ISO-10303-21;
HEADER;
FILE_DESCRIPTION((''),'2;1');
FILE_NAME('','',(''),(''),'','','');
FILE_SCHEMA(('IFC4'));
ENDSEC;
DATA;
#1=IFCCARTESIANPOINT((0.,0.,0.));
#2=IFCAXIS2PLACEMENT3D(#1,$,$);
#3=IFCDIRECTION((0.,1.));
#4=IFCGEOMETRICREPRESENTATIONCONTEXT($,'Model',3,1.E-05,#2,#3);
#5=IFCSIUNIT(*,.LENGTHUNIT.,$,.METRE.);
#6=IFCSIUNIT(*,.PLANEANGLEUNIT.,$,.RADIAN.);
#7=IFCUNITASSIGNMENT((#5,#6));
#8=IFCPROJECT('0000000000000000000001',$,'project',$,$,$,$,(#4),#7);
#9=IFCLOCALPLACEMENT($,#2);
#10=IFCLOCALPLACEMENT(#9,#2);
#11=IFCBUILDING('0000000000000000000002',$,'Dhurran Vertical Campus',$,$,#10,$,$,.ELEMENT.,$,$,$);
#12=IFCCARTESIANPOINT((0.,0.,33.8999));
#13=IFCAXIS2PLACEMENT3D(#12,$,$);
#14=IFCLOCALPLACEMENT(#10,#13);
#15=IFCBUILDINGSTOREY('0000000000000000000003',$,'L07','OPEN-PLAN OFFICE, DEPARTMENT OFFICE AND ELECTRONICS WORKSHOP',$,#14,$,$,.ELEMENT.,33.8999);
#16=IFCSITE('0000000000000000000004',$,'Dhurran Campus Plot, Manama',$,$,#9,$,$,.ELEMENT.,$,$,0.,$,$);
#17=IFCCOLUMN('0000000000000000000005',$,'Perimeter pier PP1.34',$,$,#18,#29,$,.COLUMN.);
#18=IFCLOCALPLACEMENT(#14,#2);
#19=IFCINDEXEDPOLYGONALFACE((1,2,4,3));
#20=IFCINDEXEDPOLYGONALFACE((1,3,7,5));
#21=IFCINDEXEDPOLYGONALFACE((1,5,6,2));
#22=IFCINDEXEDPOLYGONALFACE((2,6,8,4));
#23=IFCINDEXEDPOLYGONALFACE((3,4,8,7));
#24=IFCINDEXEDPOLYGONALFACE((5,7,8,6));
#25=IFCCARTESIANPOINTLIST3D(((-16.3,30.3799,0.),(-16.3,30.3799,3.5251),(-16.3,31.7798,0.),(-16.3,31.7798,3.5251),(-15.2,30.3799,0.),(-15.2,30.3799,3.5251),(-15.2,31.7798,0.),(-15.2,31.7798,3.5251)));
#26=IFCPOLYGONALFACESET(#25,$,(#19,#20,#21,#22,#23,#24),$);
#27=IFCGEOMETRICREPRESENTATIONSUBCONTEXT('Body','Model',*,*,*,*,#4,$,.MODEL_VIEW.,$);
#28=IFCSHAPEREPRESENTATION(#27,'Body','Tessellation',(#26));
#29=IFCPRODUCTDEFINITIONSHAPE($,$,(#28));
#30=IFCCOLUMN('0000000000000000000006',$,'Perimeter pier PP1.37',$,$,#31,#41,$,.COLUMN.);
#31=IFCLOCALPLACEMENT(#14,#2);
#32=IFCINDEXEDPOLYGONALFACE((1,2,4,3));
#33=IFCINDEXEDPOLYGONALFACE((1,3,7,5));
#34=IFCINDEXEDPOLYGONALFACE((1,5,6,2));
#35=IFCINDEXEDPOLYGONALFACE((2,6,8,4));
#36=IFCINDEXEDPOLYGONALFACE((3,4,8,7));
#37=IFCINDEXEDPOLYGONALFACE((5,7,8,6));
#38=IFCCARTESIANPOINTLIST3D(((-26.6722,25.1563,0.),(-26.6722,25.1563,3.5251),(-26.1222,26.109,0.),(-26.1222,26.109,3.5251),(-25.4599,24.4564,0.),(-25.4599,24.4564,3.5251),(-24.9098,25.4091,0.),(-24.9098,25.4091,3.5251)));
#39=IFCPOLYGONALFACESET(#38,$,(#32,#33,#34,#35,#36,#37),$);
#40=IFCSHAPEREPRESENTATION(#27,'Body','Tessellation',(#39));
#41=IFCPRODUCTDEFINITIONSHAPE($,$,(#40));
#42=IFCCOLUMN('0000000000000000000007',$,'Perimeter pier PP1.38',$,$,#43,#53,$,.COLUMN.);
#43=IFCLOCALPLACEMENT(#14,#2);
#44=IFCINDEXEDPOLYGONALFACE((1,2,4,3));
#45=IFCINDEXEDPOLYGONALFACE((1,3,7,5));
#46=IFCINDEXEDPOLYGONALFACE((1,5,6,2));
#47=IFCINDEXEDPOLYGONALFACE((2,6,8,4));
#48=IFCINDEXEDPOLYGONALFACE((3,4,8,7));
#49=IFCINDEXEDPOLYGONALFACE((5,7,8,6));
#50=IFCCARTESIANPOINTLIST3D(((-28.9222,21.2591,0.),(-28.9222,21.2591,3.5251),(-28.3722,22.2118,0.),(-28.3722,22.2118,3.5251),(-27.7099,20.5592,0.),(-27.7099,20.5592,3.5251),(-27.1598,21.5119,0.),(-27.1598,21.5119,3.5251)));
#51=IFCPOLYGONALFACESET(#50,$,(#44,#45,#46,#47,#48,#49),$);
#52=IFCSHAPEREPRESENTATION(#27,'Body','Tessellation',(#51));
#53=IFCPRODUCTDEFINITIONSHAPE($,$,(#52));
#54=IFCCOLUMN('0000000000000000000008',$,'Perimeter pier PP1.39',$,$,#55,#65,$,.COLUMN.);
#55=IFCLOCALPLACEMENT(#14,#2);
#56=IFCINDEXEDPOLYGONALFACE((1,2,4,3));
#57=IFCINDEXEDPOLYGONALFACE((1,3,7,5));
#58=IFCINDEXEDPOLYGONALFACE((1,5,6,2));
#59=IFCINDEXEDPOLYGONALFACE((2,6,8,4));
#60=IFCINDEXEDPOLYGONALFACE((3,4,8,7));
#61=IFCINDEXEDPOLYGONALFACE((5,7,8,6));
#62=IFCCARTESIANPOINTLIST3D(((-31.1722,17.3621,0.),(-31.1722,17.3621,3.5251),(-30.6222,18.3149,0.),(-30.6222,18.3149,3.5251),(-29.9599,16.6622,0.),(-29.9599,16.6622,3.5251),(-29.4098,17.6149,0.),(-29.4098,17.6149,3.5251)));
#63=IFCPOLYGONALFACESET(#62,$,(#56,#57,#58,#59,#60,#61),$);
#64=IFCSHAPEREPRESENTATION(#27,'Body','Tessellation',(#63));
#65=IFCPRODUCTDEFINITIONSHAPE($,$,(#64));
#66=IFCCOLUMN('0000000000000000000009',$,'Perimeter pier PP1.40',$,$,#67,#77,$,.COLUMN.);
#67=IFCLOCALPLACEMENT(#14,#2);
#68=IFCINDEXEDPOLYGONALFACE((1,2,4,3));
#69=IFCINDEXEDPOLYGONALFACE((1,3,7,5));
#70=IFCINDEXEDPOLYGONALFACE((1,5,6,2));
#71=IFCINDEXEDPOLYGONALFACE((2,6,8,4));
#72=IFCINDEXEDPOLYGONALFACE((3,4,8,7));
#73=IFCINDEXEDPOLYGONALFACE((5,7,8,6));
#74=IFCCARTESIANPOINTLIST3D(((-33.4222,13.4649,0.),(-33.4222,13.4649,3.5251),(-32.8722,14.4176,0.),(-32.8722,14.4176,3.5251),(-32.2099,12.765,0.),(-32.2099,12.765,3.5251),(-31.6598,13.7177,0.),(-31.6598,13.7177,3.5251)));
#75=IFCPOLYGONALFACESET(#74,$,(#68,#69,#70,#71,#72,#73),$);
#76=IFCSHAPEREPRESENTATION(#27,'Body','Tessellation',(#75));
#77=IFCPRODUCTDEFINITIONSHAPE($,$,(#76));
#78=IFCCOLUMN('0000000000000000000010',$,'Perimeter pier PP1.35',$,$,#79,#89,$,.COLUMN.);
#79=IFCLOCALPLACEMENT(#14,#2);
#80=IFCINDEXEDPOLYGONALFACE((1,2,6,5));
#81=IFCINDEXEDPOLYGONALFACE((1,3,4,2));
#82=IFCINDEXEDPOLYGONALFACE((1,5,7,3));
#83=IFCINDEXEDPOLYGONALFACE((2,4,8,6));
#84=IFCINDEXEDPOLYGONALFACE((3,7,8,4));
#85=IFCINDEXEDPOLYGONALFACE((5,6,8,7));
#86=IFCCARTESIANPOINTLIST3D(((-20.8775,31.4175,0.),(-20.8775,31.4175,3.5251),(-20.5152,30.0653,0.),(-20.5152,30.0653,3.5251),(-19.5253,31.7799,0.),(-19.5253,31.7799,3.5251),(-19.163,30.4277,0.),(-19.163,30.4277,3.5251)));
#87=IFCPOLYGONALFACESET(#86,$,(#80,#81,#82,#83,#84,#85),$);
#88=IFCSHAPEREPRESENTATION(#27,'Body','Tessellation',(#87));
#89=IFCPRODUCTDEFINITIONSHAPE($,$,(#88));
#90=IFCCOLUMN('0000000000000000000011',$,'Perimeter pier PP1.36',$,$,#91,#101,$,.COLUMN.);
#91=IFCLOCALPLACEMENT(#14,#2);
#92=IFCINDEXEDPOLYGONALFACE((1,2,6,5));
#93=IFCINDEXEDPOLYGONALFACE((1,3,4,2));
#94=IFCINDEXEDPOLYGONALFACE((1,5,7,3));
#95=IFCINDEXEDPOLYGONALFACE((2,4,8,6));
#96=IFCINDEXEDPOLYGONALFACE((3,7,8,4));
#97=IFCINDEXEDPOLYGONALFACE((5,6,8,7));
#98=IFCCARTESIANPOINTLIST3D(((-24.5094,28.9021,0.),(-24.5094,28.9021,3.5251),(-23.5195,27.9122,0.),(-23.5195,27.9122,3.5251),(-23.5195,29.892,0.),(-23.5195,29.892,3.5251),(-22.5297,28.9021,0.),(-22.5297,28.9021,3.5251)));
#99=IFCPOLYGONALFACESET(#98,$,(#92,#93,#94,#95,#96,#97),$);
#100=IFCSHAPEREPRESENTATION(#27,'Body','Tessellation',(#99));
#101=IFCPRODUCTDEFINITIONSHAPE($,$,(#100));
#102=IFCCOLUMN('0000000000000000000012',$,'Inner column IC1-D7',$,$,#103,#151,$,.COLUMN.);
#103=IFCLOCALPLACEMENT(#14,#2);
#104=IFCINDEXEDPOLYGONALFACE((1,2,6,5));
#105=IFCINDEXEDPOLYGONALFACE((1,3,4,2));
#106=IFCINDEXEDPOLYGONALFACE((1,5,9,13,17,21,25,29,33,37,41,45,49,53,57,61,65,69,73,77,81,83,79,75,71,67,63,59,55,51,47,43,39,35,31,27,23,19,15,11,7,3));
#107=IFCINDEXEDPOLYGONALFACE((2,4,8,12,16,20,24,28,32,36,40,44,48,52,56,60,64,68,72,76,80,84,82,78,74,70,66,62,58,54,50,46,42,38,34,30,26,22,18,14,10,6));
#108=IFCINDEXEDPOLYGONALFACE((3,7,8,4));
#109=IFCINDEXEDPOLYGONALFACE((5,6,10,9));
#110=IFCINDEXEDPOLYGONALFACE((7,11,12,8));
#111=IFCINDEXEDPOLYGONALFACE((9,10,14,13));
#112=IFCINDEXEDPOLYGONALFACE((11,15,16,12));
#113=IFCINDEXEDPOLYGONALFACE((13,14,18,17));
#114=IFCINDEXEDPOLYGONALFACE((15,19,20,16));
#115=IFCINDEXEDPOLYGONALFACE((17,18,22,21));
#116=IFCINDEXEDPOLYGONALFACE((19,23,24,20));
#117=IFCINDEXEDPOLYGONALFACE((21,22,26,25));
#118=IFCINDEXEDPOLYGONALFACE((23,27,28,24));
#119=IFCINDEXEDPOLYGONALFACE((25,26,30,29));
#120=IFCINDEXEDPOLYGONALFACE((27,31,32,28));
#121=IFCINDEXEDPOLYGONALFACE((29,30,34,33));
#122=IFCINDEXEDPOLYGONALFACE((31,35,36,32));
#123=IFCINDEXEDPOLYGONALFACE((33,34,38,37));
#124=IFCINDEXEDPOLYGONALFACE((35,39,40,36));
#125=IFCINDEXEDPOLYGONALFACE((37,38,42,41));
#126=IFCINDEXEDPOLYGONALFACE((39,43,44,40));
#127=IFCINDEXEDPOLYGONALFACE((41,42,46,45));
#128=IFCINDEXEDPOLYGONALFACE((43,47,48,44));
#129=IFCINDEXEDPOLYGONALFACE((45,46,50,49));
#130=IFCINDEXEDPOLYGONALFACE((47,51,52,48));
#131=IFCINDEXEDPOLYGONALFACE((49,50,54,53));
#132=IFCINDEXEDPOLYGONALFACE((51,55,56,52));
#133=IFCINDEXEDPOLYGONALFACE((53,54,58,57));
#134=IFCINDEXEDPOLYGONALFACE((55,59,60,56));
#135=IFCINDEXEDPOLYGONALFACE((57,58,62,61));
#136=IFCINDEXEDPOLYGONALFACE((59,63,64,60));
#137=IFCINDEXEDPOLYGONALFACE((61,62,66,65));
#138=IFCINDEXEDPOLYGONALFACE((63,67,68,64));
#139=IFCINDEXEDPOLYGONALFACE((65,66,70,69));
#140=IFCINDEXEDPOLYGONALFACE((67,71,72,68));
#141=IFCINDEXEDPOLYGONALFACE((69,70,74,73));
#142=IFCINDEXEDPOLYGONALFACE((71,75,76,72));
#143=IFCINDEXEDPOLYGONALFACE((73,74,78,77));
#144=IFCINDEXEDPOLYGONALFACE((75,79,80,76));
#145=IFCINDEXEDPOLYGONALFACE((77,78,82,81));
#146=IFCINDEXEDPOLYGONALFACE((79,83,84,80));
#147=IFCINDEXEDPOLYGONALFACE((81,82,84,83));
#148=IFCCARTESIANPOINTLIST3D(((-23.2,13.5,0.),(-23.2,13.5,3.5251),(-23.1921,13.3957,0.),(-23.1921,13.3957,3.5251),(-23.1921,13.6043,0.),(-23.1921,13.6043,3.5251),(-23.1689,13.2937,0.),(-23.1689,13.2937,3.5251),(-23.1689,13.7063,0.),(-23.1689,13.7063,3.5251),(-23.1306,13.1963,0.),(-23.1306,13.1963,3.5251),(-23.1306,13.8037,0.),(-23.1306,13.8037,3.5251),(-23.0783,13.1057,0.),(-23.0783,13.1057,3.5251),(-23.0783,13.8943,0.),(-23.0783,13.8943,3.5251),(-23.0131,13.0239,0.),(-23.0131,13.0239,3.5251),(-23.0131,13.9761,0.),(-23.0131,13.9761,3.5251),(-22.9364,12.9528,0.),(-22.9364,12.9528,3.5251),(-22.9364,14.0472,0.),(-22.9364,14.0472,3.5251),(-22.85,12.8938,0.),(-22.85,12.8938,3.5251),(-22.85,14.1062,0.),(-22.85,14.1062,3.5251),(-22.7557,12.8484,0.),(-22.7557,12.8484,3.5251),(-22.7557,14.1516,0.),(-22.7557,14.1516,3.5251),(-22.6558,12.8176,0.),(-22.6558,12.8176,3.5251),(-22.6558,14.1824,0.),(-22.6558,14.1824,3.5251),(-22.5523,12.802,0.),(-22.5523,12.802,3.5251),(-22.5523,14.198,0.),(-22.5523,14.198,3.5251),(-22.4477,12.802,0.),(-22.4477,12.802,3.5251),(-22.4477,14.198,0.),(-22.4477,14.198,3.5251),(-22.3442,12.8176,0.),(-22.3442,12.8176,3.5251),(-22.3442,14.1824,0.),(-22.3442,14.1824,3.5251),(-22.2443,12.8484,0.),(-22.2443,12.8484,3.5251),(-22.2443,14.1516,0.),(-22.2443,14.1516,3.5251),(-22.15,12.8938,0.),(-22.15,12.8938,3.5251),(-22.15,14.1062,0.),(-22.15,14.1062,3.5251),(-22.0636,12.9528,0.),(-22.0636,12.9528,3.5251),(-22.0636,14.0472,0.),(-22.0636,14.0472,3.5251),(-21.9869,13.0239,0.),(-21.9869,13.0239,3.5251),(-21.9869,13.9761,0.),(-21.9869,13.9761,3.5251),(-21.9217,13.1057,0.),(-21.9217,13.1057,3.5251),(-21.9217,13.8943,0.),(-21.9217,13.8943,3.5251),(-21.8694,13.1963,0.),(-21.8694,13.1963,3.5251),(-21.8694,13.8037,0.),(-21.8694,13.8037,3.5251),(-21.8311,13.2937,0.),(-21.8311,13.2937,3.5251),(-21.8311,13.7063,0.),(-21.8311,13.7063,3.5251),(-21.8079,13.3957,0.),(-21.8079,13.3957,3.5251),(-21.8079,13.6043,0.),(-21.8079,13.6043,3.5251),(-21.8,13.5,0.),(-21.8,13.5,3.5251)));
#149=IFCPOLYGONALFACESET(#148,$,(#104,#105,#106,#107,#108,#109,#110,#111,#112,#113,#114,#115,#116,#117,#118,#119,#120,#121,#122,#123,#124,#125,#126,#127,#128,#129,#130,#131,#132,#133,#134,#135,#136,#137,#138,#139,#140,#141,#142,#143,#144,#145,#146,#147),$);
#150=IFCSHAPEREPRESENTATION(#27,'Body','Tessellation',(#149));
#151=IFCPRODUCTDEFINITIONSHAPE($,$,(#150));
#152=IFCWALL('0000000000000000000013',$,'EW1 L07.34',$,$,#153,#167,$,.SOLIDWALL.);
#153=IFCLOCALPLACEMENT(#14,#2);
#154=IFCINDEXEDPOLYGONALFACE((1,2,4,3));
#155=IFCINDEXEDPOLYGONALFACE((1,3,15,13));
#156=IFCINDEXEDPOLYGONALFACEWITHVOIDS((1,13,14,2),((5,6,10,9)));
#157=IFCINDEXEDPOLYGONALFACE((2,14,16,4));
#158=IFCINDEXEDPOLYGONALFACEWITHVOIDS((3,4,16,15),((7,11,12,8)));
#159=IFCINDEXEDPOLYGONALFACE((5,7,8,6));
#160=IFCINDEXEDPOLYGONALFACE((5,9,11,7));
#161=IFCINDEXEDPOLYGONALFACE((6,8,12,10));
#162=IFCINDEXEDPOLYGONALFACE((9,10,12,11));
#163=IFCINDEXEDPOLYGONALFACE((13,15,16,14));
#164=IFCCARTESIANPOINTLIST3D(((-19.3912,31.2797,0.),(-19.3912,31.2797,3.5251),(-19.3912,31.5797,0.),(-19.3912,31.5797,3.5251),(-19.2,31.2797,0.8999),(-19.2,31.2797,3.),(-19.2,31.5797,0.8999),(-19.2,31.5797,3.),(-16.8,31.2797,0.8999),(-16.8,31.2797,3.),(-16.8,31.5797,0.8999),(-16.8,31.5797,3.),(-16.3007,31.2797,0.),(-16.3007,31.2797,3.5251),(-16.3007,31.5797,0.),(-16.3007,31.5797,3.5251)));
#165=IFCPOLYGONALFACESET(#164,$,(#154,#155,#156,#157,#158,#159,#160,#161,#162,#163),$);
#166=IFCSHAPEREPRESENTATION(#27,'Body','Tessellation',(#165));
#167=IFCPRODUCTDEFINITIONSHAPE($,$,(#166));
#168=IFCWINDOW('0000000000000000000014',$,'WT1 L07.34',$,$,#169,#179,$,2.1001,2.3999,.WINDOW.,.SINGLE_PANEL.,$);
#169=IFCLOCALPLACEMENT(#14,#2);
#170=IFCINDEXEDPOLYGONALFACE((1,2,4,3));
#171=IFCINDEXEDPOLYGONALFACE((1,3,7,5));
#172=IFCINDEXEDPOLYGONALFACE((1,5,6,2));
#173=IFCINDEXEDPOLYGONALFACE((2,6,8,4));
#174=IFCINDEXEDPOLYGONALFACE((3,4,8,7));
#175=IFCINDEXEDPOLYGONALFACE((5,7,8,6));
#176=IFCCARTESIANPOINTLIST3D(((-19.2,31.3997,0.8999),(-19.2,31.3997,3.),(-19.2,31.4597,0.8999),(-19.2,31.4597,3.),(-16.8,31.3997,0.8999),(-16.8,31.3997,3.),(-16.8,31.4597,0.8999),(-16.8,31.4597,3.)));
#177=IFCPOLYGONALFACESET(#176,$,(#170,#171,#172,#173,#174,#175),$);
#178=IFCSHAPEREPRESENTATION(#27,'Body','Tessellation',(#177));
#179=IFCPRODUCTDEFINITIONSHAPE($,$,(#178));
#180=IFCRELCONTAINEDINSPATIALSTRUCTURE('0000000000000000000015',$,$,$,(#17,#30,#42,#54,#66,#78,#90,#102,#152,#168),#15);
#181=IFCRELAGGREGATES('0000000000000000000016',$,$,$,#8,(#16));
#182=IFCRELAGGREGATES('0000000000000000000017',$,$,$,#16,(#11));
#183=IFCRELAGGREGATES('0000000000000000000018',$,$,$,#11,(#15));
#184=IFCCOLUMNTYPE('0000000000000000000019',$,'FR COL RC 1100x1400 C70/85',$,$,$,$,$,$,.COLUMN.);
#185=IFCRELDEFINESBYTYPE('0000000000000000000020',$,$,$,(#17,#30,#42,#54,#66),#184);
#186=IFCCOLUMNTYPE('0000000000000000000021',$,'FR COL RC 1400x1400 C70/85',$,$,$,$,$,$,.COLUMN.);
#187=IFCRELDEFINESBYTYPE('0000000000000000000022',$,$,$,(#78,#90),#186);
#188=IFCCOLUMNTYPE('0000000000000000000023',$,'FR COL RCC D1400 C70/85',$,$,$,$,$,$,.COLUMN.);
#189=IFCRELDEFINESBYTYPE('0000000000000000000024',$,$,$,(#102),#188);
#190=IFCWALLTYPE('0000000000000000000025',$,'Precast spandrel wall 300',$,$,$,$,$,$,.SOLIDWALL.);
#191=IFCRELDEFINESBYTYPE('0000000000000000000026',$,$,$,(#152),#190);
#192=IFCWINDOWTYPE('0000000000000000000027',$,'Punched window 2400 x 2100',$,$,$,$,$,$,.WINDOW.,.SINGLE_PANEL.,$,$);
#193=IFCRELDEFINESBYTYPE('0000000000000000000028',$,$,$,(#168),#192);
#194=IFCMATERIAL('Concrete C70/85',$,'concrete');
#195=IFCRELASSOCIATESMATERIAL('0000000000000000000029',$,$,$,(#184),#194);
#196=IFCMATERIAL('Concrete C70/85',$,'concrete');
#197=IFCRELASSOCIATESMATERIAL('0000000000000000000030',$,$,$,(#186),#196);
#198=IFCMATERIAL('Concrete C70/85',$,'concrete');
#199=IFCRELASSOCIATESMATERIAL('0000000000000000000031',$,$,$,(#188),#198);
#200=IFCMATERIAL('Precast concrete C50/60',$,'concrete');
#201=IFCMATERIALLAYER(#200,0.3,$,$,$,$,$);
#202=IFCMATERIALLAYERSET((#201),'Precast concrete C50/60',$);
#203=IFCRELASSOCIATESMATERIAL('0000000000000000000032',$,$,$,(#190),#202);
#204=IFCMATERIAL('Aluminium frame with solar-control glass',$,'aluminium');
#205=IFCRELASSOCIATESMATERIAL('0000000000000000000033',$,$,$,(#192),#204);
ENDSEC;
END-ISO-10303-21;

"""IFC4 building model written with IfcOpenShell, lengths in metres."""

from ifc_helpers import new_model, si_unit, direction, frame, frame_2d, origin, origin_2d, place, context, subcontext, project, spatial, rectangle, circle, extrude, material, layer, layer_set, material_profile, profile_set, type_object, element, fill, save


model = new_model("IFC4")

# Units and contexts
model_context = context("Model", 3, precision=1e-05, world=origin(), true_north=direction((0.0, 1.0)))
body_context = subcontext(model_context, "Body", "Model", "MODEL_VIEW")
ifc_project = project(units=[si_unit("LENGTHUNIT", "METRE"), si_unit("PLANEANGLEUNIT", "RADIAN")], contexts=[model_context])

# Site, building, storey
site_placement = place(None, origin())
site = spatial("IfcSite", under=ifc_project, at=site_placement, Name="Dhurran Campus Plot, Manama", CompositionType="ELEMENT", RefElevation=0.0)
building_placement = place(site_placement, origin())
building = spatial("IfcBuilding", under=site, at=building_placement, Name="Dhurran Vertical Campus", CompositionType="ELEMENT")
storey_placement = place(building_placement, frame((0.0, 0.0, 33.8999)))
storey = spatial("IfcBuildingStorey", under=building, at=storey_placement, Name="L07", Description="OPEN-PLAN OFFICE, DEPARTMENT OFFICE AND ELECTRONICS WORKSHOP", CompositionType="ELEMENT", Elevation=33.8999)

# Columns
ifc_material_1 = material(Name="Concrete C70/85", Category="concrete")
ifc_material_profile_1 = material_profile(ifc_material_1, rectangle(XDim=1.1001, YDim=1.3999, at=origin_2d()), Name="RC 1100x1400")
ifc_profile_set_1 = profile_set([ifc_material_profile_1], Name="Concrete C70/85")
column_type_1 = type_object("IfcColumnType", Name="FR COL RC 1100x1400 C70/85", PredefinedType="COLUMN", material=ifc_profile_set_1)
for number, where, z_axis, x_axis, name in (
    (1, (-15.75, 31.0798, 0.0), (0.0, 0.0, 1.0), (-1.0, 0.0, 0.0), "Perimeter pier PP1.34"),
    (2, (-25.791, 25.2827, 0.0), (0.0, 0.0, 1.0), (-0.5, -0.866025, 0.0), "Perimeter pier PP1.37"),
    (3, (-28.041, 21.3855, 0.0), (0.0, 0.0, 1.0), (-0.5, -0.866025, 0.0), "Perimeter pier PP1.38"),
    (4, (-30.291, 17.4885, 0.0), (0.0, 0.0, 1.0), (-0.5, -0.866025, 0.0), "Perimeter pier PP1.39"),
    (5, (-32.541, 13.5913, 0.0), (0.0, 0.0, 1.0), (-0.5, -0.866025, 0.0), "Perimeter pier PP1.40"),
):
    element("IfcColumn", number, at=place(storey_placement, frame(where, z_axis=z_axis, x_axis=x_axis)), inside=storey, type_object=column_type_1, Name=name, PredefinedType="COLUMN", context=body_context, shape_type="SweptSolid", body=[
        extrude(rectangle(XDim=1.1001, YDim=1.3999, at=origin_2d()), origin(), (0.0, 0.0, 1.0), 3.5251),
    ])
ifc_material_2 = material(Name="Concrete C70/85", Category="concrete")
ifc_material_profile_2 = material_profile(ifc_material_2, rectangle(XDim=1.3999, YDim=1.3999, at=origin_2d()), Name="RC 1400x1400")
ifc_profile_set_2 = profile_set([ifc_material_profile_2], Name="Concrete C70/85")
column_type_2 = type_object("IfcColumnType", Name="FR COL RC 1400x1400 C70/85", PredefinedType="COLUMN", material=ifc_profile_set_2)
for number, where, z_axis, x_axis, name in (
    (6, (-20.0203, 30.9226, 0.0), (0.0, 0.0, 1.0), (-0.965926, -0.258819, 0.0), "Perimeter pier PP1.35"),
    (7, (-23.5195, 28.9021, 0.0), (0.0, 0.0, 1.0), (-0.707107, -0.707107, 0.0), "Perimeter pier PP1.36"),
):
    element("IfcColumn", number, at=place(storey_placement, frame(where, z_axis=z_axis, x_axis=x_axis)), inside=storey, type_object=column_type_2, Name=name, PredefinedType="COLUMN", context=body_context, shape_type="SweptSolid", body=[
        extrude(rectangle(XDim=1.3999, YDim=1.3999, at=origin_2d()), origin(), (0.0, 0.0, 1.0), 3.5251),
    ])
ifc_material_3 = material(Name="Concrete C70/85", Category="concrete")
ifc_material_profile_3 = material_profile(ifc_material_3, circle(Radius=0.7, at=origin_2d()), Name="RCC D1400")
ifc_profile_set_3 = profile_set([ifc_material_profile_3], Name="Concrete C70/85")
column_type_3 = type_object("IfcColumnType", Name="FR COL RCC D1400 C70/85", PredefinedType="COLUMN", material=ifc_profile_set_3)
column_placement = place(storey_placement, frame((-22.5, 13.5, 0.0), z_axis=(0.0, 0.0, 1.0), x_axis=(1.0, 0.0, 0.0)))
element("IfcColumn", 8, at=column_placement, inside=storey, type_object=column_type_3, Name="Inner column IC1-D7", PredefinedType="COLUMN", context=body_context, shape_type="SweptSolid", body=[
    extrude(circle(Radius=0.7, at=origin_2d()), origin(), (0.0, 0.0, 1.0), 3.5251),
])

# Wall, opening, window
ifc_material_4 = material(Name="Precast concrete C50/60", Category="concrete")
ifc_layer_1 = layer(ifc_material_4, 0.3)
ifc_layer_set_1 = layer_set([ifc_layer_1], Name="Precast concrete C50/60")
wall_type_1 = type_object("IfcWallType", Name="Precast spandrel wall 300", PredefinedType="SOLIDWALL", material=ifc_layer_set_1)
wall_1_placement = place(storey_placement, frame((-16.3005, 31.4297, 0.0), z_axis=(0.0, 0.0, 1.0), x_axis=(-1.0, 0.0, 0.0)))
wall_1 = element("IfcWall", 9, at=wall_1_placement, inside=storey, type_object=wall_type_1, Name="EW1 L07.34", PredefinedType="SOLIDWALL", context=body_context, shape_type="SweptSolid", body=[
    extrude(rectangle(XDim=3.0906, YDim=0.3, at=frame_2d((1.5454, 0.0))), origin(), (0.0, 0.0, 1.0), 3.5251),
])
opening_1_placement = place(wall_1_placement, frame((0.4995, 0.0, 0.8999)))
opening_1 = element("IfcOpeningElement", 10, at=opening_1_placement, cuts=wall_1, PredefinedType="OPENING", context=body_context, shape_type="SweptSolid", body=[
    extrude(rectangle(XDim=2.3999, YDim=2.1001, at=frame_2d((1.2, 1.05))), frame((0.0, 0.1599, 0.0), z_axis=(0.0, -1.0, 0.0), x_axis=(1.0, 0.0, 0.0)), (0.0, 0.0, 1.0), 0.3201),
])
ifc_material_5 = material(Name="Aluminium frame with solar-control glass", Category="aluminium")
window_type = type_object("IfcWindowType", Name="Punched window 2400 x 2100", PartitioningType="SINGLE_PANEL", PredefinedType="WINDOW", material=ifc_material_5)
window_1_placement = place(opening_1_placement, origin())
window_1 = element("IfcWindow", 11, at=window_1_placement, inside=storey, type_object=window_type, Name="WT1 L07.34", OverallHeight=2.1001, OverallWidth=2.3999, PartitioningType="SINGLE_PANEL", PredefinedType="WINDOW", context=body_context, shape_type="SweptSolid", body=[
    extrude(rectangle(XDim=2.3999, YDim=2.1001, at=frame_2d((1.2, 1.05))), frame((0.0, 0.03, 0.0), z_axis=(0.0, -1.0, 0.0), x_axis=(1.0, 0.0, 0.0)), (0.0, 0.0, 1.0), 0.0601),
])
fill(opening_1, window_1)

save(model, "model.ifc")
